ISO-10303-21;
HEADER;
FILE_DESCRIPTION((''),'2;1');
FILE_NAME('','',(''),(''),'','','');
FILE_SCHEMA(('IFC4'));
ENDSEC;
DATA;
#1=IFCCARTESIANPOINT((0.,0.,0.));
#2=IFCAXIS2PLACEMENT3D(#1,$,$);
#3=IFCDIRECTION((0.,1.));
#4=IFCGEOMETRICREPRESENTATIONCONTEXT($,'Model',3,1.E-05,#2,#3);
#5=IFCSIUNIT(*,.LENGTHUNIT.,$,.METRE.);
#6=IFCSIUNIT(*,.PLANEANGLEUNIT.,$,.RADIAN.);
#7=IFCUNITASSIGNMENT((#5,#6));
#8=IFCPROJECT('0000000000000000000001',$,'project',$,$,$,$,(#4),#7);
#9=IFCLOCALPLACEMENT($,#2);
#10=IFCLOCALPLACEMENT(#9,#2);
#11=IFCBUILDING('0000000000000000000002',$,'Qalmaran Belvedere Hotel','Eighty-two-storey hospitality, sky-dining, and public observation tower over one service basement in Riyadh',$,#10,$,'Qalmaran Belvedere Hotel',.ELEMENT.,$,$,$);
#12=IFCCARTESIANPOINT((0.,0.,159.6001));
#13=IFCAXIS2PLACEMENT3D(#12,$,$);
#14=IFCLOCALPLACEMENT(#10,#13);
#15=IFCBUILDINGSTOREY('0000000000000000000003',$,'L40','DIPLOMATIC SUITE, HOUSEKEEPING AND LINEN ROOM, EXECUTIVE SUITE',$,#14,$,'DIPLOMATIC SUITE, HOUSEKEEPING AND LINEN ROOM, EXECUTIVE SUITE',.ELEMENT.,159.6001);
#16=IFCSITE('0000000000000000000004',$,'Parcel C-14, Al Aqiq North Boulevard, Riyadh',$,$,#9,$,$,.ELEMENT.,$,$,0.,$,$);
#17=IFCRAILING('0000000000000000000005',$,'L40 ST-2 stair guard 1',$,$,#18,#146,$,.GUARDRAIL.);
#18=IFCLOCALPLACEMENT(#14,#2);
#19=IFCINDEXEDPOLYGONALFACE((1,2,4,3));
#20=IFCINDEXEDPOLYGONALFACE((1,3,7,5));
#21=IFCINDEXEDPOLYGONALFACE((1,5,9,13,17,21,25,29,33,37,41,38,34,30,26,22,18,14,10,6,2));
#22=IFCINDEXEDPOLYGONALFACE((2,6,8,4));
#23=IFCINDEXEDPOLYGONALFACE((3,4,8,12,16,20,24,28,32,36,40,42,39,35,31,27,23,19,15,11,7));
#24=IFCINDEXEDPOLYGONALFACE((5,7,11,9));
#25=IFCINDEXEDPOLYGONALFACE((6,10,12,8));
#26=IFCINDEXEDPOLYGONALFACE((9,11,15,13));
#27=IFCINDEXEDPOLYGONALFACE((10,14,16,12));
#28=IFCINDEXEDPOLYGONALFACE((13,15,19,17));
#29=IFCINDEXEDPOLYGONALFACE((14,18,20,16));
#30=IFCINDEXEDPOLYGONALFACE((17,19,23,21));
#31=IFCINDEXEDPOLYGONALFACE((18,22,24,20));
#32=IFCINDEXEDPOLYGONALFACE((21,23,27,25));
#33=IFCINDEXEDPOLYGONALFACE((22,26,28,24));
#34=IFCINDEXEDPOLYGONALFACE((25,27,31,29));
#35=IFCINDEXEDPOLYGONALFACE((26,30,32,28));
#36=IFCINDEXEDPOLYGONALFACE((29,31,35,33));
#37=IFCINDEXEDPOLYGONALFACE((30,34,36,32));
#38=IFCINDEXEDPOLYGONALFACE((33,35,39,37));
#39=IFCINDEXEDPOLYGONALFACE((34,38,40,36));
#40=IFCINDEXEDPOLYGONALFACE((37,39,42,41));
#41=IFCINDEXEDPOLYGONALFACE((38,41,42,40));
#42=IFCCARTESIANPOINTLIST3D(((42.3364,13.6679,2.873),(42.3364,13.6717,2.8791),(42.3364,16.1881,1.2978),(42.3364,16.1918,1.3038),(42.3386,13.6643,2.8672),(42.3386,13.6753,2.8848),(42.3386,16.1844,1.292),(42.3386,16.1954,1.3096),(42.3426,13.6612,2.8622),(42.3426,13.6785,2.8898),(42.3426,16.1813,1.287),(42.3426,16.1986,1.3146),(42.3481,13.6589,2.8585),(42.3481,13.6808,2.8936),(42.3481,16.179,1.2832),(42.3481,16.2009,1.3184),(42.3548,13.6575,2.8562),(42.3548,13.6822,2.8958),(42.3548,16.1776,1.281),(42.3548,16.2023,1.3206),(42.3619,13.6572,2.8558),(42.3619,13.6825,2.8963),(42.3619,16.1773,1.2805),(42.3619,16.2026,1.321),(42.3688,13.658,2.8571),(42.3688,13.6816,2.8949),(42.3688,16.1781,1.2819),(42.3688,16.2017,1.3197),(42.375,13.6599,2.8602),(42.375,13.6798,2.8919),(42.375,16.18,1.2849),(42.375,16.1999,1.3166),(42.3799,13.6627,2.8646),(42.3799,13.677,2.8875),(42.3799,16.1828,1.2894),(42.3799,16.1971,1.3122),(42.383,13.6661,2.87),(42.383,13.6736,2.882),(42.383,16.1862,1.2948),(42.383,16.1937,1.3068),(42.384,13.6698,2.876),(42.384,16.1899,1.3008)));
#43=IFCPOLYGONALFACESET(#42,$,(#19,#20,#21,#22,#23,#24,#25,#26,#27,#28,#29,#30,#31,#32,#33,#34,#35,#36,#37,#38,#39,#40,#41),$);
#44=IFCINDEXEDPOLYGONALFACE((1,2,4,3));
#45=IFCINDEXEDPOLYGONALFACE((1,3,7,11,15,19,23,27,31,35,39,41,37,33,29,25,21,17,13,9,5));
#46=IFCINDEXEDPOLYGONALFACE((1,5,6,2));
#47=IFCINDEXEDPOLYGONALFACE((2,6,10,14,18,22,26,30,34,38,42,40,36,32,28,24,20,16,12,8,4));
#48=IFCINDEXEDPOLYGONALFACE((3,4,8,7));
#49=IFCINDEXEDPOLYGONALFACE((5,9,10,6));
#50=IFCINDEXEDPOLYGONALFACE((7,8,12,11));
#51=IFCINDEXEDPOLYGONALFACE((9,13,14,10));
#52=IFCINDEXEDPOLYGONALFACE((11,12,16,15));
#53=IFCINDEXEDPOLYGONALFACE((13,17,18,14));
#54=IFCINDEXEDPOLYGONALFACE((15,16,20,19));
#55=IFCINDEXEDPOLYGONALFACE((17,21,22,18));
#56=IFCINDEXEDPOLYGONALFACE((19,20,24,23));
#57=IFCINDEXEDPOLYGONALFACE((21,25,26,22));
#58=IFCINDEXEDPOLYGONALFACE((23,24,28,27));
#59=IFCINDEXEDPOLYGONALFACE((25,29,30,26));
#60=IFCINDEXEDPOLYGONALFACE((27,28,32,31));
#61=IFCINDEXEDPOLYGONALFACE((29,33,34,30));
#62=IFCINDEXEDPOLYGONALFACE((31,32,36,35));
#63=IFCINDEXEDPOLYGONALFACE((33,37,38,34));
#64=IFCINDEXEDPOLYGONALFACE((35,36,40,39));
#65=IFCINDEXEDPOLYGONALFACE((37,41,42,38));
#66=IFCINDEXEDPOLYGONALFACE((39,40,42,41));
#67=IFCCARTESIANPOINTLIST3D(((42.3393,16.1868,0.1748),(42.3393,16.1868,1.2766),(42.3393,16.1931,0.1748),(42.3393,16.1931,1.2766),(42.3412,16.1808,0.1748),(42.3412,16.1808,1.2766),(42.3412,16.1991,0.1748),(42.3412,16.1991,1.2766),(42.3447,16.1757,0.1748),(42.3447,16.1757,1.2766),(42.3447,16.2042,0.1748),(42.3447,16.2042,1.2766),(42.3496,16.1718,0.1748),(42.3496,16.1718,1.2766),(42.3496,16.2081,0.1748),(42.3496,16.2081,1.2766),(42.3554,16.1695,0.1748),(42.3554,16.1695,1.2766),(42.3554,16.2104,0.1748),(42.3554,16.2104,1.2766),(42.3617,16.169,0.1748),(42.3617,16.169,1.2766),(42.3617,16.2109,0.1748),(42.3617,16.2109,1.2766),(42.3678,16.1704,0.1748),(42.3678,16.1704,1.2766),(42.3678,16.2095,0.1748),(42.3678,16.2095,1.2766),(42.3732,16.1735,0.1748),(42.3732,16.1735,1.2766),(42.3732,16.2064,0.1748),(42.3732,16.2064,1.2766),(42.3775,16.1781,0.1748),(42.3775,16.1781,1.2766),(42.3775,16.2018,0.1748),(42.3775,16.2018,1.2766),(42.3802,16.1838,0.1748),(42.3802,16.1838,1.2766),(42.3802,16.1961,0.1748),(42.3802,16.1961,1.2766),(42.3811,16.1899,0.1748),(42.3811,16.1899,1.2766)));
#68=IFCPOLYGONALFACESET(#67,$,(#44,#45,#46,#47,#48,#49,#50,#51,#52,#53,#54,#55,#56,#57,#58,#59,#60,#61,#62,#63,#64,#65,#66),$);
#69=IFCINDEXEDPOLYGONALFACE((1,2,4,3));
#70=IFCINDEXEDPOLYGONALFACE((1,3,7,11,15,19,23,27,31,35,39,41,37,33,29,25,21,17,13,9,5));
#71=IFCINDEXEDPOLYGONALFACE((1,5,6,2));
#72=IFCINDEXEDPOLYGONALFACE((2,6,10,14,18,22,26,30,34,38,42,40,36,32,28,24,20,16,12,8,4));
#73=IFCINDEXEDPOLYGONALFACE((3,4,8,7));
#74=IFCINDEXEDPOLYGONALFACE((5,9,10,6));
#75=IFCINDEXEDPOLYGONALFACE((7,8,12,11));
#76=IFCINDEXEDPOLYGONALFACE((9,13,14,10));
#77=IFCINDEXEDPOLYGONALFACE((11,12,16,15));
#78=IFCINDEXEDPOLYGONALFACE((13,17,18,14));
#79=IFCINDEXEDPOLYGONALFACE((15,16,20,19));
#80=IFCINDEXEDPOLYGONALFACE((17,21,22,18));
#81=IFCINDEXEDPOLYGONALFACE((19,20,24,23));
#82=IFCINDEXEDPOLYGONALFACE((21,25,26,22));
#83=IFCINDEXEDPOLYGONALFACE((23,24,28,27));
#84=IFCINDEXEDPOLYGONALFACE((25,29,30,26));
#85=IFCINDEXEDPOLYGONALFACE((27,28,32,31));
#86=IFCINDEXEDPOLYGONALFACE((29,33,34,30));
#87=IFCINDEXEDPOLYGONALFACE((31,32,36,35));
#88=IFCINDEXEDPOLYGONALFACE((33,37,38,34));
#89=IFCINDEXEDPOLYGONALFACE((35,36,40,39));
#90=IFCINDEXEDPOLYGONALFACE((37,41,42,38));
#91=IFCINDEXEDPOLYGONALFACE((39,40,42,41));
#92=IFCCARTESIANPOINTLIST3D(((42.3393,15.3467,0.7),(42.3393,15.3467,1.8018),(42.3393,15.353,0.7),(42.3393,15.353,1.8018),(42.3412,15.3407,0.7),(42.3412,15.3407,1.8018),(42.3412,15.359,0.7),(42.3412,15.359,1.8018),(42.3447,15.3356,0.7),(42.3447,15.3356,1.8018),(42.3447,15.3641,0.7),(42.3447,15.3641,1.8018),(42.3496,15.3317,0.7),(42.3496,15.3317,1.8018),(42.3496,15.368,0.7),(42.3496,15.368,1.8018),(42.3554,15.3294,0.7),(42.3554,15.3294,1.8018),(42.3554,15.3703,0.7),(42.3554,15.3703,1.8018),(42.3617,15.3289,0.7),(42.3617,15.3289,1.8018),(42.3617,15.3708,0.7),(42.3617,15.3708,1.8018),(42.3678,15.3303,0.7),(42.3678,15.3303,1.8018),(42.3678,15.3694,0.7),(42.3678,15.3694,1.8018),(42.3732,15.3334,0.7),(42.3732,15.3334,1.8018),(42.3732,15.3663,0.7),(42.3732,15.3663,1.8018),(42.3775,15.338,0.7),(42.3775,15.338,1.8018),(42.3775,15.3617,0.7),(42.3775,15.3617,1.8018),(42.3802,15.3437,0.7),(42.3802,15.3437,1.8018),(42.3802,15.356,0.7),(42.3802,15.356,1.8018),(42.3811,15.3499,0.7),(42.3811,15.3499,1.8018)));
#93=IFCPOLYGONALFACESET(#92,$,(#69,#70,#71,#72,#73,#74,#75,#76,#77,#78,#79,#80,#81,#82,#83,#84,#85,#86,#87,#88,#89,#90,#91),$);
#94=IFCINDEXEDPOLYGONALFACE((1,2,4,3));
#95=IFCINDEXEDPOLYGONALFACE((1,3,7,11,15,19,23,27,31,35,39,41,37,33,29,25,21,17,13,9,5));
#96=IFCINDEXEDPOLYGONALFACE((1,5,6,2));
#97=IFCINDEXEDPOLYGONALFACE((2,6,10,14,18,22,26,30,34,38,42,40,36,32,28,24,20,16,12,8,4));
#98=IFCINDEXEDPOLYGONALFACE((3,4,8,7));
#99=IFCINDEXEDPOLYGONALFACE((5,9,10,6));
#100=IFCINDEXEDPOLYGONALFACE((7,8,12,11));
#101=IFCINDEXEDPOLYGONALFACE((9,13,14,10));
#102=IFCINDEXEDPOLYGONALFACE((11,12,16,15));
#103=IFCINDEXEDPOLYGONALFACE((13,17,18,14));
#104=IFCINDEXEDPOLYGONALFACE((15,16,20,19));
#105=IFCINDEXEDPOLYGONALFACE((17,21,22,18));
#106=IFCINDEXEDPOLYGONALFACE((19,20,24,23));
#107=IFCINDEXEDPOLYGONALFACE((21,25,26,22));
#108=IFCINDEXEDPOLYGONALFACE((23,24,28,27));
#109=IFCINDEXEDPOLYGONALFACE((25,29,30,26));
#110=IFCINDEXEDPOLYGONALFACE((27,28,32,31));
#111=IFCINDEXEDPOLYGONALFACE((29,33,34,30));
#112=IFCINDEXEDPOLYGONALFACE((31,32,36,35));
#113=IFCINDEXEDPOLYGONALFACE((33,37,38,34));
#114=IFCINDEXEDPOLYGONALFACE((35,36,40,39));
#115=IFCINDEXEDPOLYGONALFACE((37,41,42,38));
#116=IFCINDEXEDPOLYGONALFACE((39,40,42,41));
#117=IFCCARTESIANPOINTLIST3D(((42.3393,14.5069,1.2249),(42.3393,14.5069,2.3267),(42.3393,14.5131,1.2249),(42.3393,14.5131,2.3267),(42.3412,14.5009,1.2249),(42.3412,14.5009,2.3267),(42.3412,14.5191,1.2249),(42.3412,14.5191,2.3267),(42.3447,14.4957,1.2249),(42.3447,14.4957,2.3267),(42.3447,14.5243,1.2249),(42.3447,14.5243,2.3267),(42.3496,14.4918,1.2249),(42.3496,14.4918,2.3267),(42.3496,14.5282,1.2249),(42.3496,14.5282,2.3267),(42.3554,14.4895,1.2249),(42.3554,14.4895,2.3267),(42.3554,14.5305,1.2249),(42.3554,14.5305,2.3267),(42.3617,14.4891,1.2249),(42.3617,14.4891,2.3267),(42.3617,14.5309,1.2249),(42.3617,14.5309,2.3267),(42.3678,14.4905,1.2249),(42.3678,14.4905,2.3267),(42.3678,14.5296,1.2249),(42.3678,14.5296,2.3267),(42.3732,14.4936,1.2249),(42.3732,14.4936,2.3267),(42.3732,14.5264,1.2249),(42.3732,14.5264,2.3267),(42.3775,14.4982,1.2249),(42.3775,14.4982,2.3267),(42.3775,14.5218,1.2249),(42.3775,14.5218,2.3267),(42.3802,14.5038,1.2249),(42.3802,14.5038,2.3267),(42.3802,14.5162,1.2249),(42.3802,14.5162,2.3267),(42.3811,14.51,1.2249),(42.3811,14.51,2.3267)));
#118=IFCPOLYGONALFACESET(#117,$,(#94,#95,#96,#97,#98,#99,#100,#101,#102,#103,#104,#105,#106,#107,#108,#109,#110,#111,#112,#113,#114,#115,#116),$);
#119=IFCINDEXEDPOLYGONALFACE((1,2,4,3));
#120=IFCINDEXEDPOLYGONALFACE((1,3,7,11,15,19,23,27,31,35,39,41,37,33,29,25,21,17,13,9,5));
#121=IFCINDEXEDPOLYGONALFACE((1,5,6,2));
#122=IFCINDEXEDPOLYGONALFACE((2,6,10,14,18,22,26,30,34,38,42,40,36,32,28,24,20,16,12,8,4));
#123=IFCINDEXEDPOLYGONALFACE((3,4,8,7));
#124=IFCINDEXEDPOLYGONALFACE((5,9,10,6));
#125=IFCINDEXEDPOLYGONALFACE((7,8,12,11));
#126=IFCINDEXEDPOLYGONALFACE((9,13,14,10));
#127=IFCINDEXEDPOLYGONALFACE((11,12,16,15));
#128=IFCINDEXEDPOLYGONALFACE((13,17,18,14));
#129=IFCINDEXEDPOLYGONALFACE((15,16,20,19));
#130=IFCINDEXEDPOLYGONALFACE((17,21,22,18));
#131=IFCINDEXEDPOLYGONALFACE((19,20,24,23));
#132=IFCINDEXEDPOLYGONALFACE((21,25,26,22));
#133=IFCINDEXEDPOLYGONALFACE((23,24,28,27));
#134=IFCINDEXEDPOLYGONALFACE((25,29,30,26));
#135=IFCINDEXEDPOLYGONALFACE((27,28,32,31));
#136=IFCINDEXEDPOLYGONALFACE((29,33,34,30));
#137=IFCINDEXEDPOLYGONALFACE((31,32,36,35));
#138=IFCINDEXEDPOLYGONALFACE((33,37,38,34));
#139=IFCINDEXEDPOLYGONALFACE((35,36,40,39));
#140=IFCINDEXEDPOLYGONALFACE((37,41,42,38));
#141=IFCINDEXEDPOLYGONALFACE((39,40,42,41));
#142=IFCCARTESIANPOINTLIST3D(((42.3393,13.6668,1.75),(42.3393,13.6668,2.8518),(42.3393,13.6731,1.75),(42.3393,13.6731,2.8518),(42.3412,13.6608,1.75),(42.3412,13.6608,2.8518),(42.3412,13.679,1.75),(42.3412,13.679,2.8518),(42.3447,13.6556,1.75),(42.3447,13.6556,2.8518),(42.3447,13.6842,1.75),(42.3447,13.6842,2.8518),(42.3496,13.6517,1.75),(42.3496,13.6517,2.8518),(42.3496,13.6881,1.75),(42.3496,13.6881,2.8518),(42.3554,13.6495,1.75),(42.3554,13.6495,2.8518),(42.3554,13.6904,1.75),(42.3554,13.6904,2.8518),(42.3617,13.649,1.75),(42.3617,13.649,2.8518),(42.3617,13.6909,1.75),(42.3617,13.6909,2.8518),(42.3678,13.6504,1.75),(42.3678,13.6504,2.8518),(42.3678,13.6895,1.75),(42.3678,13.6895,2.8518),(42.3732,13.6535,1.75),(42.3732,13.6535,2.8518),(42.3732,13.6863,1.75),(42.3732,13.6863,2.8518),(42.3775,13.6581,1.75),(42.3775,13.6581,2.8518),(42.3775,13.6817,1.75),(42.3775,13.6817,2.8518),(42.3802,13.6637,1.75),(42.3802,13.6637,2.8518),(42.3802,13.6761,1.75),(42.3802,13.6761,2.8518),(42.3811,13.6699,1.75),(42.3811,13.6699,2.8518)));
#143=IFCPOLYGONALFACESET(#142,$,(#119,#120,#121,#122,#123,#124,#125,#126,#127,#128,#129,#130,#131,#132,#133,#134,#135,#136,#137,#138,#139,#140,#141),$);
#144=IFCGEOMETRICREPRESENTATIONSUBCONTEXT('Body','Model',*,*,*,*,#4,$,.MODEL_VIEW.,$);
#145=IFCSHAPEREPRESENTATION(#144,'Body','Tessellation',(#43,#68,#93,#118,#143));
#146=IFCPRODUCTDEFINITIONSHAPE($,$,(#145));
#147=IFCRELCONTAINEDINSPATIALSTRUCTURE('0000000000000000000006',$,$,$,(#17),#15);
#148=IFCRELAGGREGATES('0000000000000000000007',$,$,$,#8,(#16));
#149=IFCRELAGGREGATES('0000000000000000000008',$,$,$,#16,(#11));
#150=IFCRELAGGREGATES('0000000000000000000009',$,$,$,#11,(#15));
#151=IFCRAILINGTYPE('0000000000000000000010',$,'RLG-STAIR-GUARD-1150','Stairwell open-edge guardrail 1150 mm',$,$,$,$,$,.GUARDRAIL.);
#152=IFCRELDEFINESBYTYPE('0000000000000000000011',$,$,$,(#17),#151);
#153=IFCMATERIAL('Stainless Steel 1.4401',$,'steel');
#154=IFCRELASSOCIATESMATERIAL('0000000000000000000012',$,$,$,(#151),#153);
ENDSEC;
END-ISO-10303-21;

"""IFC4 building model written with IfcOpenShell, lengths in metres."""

from ifc_helpers import new_model, si_unit, direction, frame, origin, origin_2d, place, context, subcontext, project, spatial, circle, extrude, material, type_object, element, save


model = new_model("IFC4")

# Units and contexts
model_context = context("Model", 3, precision=1e-05, world=origin(), true_north=direction((0.0, 1.0)))
body_context = subcontext(model_context, "Body", "Model", "MODEL_VIEW")
ifc_project = project(units=[si_unit("LENGTHUNIT", "METRE"), si_unit("PLANEANGLEUNIT", "RADIAN")], contexts=[model_context])

# Site, building, storey
site_placement = place(None, origin())
site = spatial("IfcSite", under=ifc_project, at=site_placement, Name="Parcel C-14, Al Aqiq North Boulevard, Riyadh", CompositionType="ELEMENT", RefElevation=0.0)
building_placement = place(site_placement, origin())
building = spatial("IfcBuilding", under=site, at=building_placement, Name="Qalmaran Belvedere Hotel", Description="Eighty-two-storey hospitality, sky-dining, and public observation tower over one service basement in Riyadh", LongName="Qalmaran Belvedere Hotel", CompositionType="ELEMENT")
storey_placement = place(building_placement, frame((0.0, 0.0, 159.6001)))
storey = spatial("IfcBuildingStorey", under=building, at=storey_placement, Name="L40", Description="DIPLOMATIC SUITE, HOUSEKEEPING AND LINEN ROOM, EXECUTIVE SUITE", LongName="DIPLOMATIC SUITE, HOUSEKEEPING AND LINEN ROOM, EXECUTIVE SUITE", CompositionType="ELEMENT", Elevation=159.6001)

# Shared definitions
ifc_material_1 = material(Name="Stainless Steel 1.4401", Category="steel")

# Railing
railing_type_1 = type_object("IfcRailingType", Name="RLG-STAIR-GUARD-1150", Description="Stairwell open-edge guardrail 1150 mm", PredefinedType="GUARDRAIL", material=ifc_material_1)
railing_1_placement = place(storey_placement, frame((42.3601, 16.1899, 0.1748)))
element("IfcRailing", 1, at=railing_1_placement, inside=storey, type_object=railing_type_1, Name="L40 ST-2 stair guard 1", PredefinedType="GUARDRAIL", context=body_context, shape_type="SweptSolid", body=[
    extrude(circle(Radius=0.0239, at=origin_2d()), frame((0.0, 0.0, 1.126), z_axis=(0.0, -0.847971, 0.530043), x_axis=(1.0, 0.0, 0.0)), (0.0, 0.0, 1.0), 2.9719),
    extrude(circle(Radius=0.021, at=origin_2d()), origin(), (0.0, 0.0, 1.0), 1.1018),
    extrude(circle(Radius=0.021, at=origin_2d()), frame((0.0, -0.8401, 0.5251)), (0.0, 0.0, 1.0), 1.1018),
    extrude(circle(Radius=0.021, at=origin_2d()), frame((0.0, -1.6799, 1.05)), (0.0, 0.0, 1.0), 1.1018),
    extrude(circle(Radius=0.021, at=origin_2d()), frame((0.0, -2.52, 1.5752)), (0.0, 0.0, 1.0), 1.1018),
])

save(model, "model.ifc")
